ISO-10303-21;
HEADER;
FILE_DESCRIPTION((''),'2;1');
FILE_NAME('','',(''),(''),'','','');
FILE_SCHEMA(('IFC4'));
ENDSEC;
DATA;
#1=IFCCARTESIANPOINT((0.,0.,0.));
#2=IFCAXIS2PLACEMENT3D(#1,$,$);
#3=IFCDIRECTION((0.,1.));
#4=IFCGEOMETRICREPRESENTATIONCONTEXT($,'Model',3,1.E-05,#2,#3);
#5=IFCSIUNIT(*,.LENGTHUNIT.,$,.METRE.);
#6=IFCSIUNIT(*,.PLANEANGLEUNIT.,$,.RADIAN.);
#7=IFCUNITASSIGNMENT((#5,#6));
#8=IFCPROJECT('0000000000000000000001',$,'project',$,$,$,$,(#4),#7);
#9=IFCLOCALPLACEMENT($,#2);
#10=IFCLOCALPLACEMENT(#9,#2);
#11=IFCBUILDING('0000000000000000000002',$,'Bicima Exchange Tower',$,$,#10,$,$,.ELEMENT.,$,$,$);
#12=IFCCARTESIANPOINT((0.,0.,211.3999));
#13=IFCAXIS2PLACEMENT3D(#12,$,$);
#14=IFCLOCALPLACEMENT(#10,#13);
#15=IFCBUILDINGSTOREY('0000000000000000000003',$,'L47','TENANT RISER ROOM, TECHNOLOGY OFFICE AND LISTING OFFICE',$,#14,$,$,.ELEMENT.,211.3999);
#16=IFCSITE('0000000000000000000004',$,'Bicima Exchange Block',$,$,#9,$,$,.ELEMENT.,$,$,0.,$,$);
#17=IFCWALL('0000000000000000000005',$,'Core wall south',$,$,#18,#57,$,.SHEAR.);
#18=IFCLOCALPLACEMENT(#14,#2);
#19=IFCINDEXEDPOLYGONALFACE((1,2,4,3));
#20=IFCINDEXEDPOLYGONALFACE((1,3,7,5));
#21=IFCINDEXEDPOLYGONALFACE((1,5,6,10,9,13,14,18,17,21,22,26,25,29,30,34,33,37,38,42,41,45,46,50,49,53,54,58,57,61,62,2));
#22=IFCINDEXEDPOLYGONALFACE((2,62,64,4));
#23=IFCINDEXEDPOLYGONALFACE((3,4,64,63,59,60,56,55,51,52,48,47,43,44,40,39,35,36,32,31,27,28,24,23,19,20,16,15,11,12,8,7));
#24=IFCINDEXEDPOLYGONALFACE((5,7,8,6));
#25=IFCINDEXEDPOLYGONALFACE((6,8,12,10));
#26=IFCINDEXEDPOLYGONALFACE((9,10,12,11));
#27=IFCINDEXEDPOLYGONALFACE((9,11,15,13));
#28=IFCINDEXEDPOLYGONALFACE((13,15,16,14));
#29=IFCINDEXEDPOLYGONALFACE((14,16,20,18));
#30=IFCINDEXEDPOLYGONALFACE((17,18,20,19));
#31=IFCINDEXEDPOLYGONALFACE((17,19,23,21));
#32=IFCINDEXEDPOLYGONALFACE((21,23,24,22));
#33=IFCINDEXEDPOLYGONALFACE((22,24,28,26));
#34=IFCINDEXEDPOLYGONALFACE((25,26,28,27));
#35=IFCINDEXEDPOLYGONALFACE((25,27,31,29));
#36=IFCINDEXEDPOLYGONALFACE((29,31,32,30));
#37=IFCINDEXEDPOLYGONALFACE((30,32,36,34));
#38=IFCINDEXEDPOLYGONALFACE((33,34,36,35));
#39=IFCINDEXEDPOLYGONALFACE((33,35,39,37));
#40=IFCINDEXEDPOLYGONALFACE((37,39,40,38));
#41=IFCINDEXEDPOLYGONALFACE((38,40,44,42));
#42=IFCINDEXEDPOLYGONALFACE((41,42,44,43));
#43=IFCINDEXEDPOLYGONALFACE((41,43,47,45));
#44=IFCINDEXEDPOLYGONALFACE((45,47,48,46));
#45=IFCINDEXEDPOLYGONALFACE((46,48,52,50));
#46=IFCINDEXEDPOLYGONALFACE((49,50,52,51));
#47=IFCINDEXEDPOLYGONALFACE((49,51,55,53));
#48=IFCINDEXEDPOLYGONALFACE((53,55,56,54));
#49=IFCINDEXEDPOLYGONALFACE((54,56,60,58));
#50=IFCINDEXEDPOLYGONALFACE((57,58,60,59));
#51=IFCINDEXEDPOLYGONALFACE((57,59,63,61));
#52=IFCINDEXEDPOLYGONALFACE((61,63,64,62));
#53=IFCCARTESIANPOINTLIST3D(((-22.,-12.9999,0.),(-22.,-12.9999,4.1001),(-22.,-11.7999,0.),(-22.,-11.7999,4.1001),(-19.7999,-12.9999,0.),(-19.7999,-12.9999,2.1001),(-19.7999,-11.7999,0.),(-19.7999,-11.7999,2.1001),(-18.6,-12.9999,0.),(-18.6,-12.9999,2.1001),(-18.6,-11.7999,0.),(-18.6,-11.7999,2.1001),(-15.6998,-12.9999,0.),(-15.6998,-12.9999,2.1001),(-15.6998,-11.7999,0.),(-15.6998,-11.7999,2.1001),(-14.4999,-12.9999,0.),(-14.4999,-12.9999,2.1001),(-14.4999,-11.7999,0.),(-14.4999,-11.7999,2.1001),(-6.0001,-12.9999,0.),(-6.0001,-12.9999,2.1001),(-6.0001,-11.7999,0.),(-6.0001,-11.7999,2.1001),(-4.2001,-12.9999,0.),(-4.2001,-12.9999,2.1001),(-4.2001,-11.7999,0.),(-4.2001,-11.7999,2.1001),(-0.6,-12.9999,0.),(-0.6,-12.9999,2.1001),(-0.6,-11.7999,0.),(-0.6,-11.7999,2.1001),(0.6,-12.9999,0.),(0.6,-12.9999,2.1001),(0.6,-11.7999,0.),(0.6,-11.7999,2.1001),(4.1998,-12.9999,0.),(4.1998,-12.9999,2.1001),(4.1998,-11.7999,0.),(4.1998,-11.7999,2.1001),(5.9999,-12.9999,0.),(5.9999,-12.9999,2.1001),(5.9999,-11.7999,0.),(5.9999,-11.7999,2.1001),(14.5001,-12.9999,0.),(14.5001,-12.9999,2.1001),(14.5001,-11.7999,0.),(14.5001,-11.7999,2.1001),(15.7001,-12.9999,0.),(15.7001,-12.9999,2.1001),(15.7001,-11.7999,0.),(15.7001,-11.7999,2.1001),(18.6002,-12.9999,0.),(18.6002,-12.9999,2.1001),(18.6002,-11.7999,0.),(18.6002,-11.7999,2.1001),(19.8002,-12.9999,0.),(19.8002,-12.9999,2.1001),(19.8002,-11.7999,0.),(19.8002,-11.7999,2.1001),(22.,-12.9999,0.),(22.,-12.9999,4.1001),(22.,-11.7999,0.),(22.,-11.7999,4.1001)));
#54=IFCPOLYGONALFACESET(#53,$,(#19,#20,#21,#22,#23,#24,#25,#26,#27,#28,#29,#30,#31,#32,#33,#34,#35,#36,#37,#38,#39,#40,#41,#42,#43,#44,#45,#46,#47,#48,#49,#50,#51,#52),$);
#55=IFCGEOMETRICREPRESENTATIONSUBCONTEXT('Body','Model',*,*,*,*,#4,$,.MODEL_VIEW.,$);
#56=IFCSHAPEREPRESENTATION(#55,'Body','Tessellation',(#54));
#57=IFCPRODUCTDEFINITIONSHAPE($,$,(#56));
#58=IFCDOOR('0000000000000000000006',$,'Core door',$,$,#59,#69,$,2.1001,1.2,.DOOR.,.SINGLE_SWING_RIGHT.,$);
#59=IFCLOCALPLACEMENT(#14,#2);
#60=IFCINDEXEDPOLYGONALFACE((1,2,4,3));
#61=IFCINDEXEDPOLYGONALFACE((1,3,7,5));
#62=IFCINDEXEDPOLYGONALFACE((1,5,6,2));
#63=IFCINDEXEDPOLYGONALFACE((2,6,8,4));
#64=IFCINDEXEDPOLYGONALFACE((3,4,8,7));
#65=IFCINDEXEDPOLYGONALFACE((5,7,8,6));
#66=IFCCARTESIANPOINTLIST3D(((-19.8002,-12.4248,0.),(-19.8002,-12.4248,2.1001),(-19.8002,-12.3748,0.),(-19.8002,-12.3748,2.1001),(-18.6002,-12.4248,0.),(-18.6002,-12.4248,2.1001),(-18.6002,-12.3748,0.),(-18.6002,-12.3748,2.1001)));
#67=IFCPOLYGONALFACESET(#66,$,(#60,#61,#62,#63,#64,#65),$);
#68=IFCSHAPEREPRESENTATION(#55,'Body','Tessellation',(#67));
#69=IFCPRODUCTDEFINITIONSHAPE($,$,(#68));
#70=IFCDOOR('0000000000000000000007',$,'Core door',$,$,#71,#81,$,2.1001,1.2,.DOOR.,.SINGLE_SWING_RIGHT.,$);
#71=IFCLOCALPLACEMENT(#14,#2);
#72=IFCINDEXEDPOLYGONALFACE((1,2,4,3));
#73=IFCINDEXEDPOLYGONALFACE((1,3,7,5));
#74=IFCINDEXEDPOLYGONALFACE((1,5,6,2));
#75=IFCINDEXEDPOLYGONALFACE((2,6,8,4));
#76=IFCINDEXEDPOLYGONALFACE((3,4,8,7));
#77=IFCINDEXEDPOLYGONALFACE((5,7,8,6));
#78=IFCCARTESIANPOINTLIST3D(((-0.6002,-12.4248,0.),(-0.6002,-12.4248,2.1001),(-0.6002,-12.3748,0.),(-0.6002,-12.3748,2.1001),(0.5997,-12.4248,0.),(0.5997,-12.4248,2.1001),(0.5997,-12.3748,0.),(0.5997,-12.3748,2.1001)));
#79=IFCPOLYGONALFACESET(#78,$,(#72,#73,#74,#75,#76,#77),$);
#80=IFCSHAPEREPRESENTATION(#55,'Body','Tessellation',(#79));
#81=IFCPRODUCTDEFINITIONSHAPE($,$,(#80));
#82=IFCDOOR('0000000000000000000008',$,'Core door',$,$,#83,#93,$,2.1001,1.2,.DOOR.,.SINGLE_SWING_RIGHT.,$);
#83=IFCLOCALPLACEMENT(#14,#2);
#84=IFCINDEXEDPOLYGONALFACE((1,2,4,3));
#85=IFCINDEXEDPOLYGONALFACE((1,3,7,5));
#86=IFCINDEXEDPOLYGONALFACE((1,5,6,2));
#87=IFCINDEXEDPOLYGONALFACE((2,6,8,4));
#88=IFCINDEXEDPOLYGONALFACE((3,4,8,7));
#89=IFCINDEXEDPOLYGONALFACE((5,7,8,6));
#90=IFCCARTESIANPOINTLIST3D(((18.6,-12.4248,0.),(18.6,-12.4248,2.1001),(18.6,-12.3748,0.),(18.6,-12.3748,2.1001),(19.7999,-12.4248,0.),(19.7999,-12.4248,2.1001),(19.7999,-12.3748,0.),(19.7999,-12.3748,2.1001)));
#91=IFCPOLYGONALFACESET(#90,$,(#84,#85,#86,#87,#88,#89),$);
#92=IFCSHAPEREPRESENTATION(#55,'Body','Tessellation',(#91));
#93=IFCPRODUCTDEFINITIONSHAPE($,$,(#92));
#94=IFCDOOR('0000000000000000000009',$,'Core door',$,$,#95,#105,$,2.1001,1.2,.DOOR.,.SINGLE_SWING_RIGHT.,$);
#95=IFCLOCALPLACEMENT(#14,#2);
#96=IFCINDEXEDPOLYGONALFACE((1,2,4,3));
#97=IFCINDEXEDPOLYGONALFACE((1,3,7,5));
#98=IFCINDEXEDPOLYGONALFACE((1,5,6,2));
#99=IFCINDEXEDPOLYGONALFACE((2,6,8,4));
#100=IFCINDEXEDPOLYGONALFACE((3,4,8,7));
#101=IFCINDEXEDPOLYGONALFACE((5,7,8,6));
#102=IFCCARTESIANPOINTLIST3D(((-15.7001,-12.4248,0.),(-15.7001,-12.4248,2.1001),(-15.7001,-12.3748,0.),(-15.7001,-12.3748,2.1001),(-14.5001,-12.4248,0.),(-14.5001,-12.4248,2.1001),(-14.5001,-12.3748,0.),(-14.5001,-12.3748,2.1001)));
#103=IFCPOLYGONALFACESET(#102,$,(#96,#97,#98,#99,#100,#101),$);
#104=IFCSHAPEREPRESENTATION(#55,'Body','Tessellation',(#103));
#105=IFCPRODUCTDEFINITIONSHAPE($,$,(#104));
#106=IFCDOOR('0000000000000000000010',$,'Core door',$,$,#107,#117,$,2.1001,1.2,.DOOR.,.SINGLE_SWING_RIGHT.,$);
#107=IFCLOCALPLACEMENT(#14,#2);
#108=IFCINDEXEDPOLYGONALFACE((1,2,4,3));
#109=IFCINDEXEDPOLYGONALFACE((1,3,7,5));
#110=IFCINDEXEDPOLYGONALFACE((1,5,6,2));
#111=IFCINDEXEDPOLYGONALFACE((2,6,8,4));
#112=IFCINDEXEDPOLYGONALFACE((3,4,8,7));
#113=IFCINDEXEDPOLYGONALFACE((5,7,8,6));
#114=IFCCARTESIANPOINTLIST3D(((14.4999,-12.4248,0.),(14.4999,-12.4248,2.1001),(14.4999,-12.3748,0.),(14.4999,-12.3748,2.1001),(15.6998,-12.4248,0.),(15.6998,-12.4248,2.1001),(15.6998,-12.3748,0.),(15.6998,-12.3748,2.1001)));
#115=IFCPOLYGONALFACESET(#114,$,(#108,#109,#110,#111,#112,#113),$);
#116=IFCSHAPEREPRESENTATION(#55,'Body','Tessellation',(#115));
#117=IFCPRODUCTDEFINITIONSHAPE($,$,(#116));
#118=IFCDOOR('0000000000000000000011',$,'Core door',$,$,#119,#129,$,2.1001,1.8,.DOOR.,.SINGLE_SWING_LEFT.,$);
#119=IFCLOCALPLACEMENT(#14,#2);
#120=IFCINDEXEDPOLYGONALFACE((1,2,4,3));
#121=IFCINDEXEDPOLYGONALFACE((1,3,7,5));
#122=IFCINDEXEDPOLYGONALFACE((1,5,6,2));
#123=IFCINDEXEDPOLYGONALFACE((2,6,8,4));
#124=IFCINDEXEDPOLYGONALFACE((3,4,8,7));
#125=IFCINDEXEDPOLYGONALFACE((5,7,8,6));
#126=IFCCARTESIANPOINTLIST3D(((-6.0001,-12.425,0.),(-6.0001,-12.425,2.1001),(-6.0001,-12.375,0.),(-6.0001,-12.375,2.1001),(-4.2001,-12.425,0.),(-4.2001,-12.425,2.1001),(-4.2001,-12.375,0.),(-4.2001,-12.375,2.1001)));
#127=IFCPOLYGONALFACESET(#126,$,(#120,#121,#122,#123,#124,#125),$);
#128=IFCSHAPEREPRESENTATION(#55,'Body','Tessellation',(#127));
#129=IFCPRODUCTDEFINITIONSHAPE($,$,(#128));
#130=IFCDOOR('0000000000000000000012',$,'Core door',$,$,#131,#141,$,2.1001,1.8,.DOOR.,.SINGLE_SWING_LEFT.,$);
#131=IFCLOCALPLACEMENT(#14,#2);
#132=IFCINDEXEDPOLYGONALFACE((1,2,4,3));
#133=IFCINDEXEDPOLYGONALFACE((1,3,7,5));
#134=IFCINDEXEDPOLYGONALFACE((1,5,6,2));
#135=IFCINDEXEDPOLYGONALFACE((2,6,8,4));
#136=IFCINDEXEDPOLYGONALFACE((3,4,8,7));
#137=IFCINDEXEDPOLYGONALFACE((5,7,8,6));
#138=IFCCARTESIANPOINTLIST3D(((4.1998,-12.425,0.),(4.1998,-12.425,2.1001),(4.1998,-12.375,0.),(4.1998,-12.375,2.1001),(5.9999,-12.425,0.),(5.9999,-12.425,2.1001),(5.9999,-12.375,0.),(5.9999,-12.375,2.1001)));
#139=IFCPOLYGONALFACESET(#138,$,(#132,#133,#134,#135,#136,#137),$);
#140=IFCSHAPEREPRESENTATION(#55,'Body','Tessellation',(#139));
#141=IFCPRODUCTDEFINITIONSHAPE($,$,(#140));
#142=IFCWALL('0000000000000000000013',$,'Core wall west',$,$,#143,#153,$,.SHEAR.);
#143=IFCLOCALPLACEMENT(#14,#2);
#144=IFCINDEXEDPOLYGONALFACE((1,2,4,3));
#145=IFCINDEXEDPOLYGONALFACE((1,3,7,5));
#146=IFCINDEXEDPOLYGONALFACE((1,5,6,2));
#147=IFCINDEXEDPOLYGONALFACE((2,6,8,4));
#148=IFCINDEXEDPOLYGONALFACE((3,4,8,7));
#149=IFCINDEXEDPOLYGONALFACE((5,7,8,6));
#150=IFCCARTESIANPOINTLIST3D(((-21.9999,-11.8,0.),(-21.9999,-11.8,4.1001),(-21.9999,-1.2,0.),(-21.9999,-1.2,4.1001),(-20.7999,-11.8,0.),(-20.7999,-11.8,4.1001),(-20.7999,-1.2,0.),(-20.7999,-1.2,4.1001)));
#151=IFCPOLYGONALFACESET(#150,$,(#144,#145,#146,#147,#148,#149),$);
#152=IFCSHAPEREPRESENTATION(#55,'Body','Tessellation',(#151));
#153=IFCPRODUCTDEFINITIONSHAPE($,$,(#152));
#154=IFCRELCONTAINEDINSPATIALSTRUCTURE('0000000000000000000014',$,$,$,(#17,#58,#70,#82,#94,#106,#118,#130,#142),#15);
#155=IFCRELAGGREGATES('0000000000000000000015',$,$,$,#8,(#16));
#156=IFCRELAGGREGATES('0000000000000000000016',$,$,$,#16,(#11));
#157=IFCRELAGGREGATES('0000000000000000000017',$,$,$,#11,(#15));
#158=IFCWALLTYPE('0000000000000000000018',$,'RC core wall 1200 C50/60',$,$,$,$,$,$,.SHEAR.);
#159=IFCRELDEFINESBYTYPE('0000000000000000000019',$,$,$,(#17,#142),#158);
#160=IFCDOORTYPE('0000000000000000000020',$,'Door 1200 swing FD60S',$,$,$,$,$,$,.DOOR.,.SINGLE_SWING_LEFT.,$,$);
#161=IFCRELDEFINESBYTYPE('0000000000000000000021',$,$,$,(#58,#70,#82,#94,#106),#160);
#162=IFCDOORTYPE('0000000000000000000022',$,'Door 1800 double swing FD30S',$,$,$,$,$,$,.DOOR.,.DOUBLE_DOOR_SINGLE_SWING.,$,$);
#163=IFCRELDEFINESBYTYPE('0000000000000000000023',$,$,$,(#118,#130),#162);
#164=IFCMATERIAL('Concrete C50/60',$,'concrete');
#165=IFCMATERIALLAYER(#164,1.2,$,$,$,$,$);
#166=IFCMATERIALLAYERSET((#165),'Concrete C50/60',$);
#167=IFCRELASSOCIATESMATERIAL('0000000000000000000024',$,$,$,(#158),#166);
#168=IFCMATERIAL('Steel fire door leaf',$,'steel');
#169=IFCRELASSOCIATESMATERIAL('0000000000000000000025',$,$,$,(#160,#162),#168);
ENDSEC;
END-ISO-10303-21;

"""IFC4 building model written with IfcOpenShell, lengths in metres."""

from ifc_helpers import new_model, si_unit, direction, frame, frame_2d, origin, place, context, subcontext, project, spatial, rectangle, extrude, material, layer, layer_set, type_object, element, fill, save


model = new_model("IFC4")

# Units and contexts
model_context = context("Model", 3, precision=1e-05, world=origin(), true_north=direction((0.0, 1.0)))
body_context = subcontext(model_context, "Body", "Model", "MODEL_VIEW")
ifc_project = project(units=[si_unit("LENGTHUNIT", "METRE"), si_unit("PLANEANGLEUNIT", "RADIAN")], contexts=[model_context])

# Site, building, storey
site_placement = place(None, origin())
site = spatial("IfcSite", under=ifc_project, at=site_placement, Name="Bicima Exchange Block", CompositionType="ELEMENT", RefElevation=0.0)
building_placement = place(site_placement, origin())
building = spatial("IfcBuilding", under=site, at=building_placement, Name="Bicima Exchange Tower", CompositionType="ELEMENT")
storey_placement = place(building_placement, frame((0.0, 0.0, 211.3999)))
storey = spatial("IfcBuildingStorey", under=building, at=storey_placement, Name="L47", Description="TENANT RISER ROOM, TECHNOLOGY OFFICE AND LISTING OFFICE", CompositionType="ELEMENT", Elevation=211.3999)

# Wall, openings, doors
ifc_material_1 = material(Name="Concrete C50/60", Category="concrete")
ifc_layer_1 = layer(ifc_material_1, 1.2)
ifc_layer_set_1 = layer_set([ifc_layer_1], Name="Concrete C50/60")
wall_type_1 = type_object("IfcWallType", Name="RC core wall 1200 C50/60", PredefinedType="SHEAR", material=ifc_layer_set_1)
wall_1_placement = place(storey_placement, frame((-22.0, -12.3999, 0.0), z_axis=(0.0, 0.0, 1.0), x_axis=(1.0, 0.0, 0.0)))
wall_1 = element("IfcWall", 1, at=wall_1_placement, inside=storey, type_object=wall_type_1, Name="Core wall south", PredefinedType="SHEAR", context=body_context, shape_type="SweptSolid", body=[
    extrude(rectangle(XDim=44.0, YDim=1.2, at=frame_2d((22.0, 0.0))), origin(), (0.0, 0.0, 1.0), 4.1001),
])
opening_1_placement = place(wall_1_placement, frame((2.2, 0.0, 0.0)))
opening_1 = element("IfcOpeningElement", 2, at=opening_1_placement, cuts=wall_1, PredefinedType="OPENING", context=body_context, shape_type="SweptSolid", body=[
    extrude(rectangle(XDim=1.2, YDim=2.1001, at=frame_2d((0.6001, 1.05))), frame((0.0, 0.6118, 0.0), z_axis=(0.0, -1.0, 0.0), x_axis=(1.0, 0.0, 0.0)), (0.0, 0.0, 1.0), 1.2239),
])
opening_2_placement = place(wall_1_placement, frame((21.3999, 0.0, 0.0)))
opening_2 = element("IfcOpeningElement", 3, at=opening_2_placement, cuts=wall_1, PredefinedType="OPENING", context=body_context, shape_type="SweptSolid", body=[
    extrude(rectangle(XDim=1.2, YDim=2.1001, at=frame_2d((0.6001, 1.05))), frame((0.0, 0.6118, 0.0), z_axis=(0.0, -1.0, 0.0), x_axis=(1.0, 0.0, 0.0)), (0.0, 0.0, 1.0), 1.2239),
])
opening_3_placement = place(wall_1_placement, frame((40.6001, 0.0, 0.0)))
opening_3 = element("IfcOpeningElement", 4, at=opening_3_placement, cuts=wall_1, PredefinedType="OPENING", context=body_context, shape_type="SweptSolid", body=[
    extrude(rectangle(XDim=1.2, YDim=2.1001, at=frame_2d((0.6001, 1.05))), frame((0.0, 0.6118, 0.0), z_axis=(0.0, -1.0, 0.0), x_axis=(1.0, 0.0, 0.0)), (0.0, 0.0, 1.0), 1.2239),
])
opening_4_placement = place(wall_1_placement, frame((16.0, 0.0, 0.0)))
opening_4 = element("IfcOpeningElement", 5, at=opening_4_placement, cuts=wall_1, PredefinedType="OPENING", context=body_context, shape_type="SweptSolid", body=[
    extrude(rectangle(XDim=1.8, YDim=2.1001, at=frame_2d((0.8999, 1.05))), frame((0.0, 0.6118, 0.0), z_axis=(0.0, -1.0, 0.0), x_axis=(1.0, 0.0, 0.0)), (0.0, 0.0, 1.0), 1.2239),
])
opening_5_placement = place(wall_1_placement, frame((6.3, 0.0, 0.0)))
opening_5 = element("IfcOpeningElement", 6, at=opening_5_placement, cuts=wall_1, PredefinedType="OPENING", context=body_context, shape_type="SweptSolid", body=[
    extrude(rectangle(XDim=1.2, YDim=2.1001, at=frame_2d((0.6001, 1.05))), frame((0.0, 0.6118, 0.0), z_axis=(0.0, -1.0, 0.0), x_axis=(1.0, 0.0, 0.0)), (0.0, 0.0, 1.0), 1.2239),
])
opening_6_placement = place(wall_1_placement, frame((26.2, 0.0, 0.0)))
opening_6 = element("IfcOpeningElement", 7, at=opening_6_placement, cuts=wall_1, PredefinedType="OPENING", context=body_context, shape_type="SweptSolid", body=[
    extrude(rectangle(XDim=1.8, YDim=2.1001, at=frame_2d((0.8999, 1.05))), frame((0.0, 0.6118, 0.0), z_axis=(0.0, -1.0, 0.0), x_axis=(1.0, 0.0, 0.0)), (0.0, 0.0, 1.0), 1.2239),
])
opening_7_placement = place(wall_1_placement, frame((36.5, 0.0, 0.0)))
opening_7 = element("IfcOpeningElement", 8, at=opening_7_placement, cuts=wall_1, PredefinedType="OPENING", context=body_context, shape_type="SweptSolid", body=[
    extrude(rectangle(XDim=1.2, YDim=2.1001, at=frame_2d((0.6001, 1.05))), frame((0.0, 0.6118, 0.0), z_axis=(0.0, -1.0, 0.0), x_axis=(1.0, 0.0, 0.0)), (0.0, 0.0, 1.0), 1.2239),
])
ifc_material_2 = material(Name="Steel fire door leaf", Category="steel")
door_type_1 = type_object("IfcDoorType", Name="Door 1200 swing FD60S", OperationType="SINGLE_SWING_LEFT", PredefinedType="DOOR", material=ifc_material_2)
door_1_placement = place(opening_1_placement, frame((1.2, 0.0, 0.0), z_axis=(0.0, 0.0, 1.0), x_axis=(-1.0, 0.0, 0.0)))
door_1 = element("IfcDoor", 9, at=door_1_placement, inside=storey, type_object=door_type_1, Name="Core door", OperationType="SINGLE_SWING_RIGHT", OverallHeight=2.1001, OverallWidth=1.2, PredefinedType="DOOR", context=body_context, shape_type="SweptSolid", body=[
    extrude(rectangle(XDim=1.2, YDim=2.1001, at=frame_2d((0.6001, 1.05))), frame((0.0, 0.0249, 0.0), z_axis=(0.0, -1.0, 0.0), x_axis=(1.0, 0.0, 0.0)), (0.0, 0.0, 1.0), 0.05),
])
fill(opening_1, door_1)
door_2_placement = place(opening_2_placement, frame((1.2, 0.0, 0.0), z_axis=(0.0, 0.0, 1.0), x_axis=(-1.0, 0.0, 0.0)))
door_2 = element("IfcDoor", 10, at=door_2_placement, inside=storey, type_object=door_type_1, Name="Core door", OperationType="SINGLE_SWING_RIGHT", OverallHeight=2.1001, OverallWidth=1.2, PredefinedType="DOOR", context=body_context, shape_type="SweptSolid", body=[
    extrude(rectangle(XDim=1.2, YDim=2.1001, at=frame_2d((0.6001, 1.05))), frame((0.0, 0.0249, 0.0), z_axis=(0.0, -1.0, 0.0), x_axis=(1.0, 0.0, 0.0)), (0.0, 0.0, 1.0), 0.05),
])
fill(opening_2, door_2)
door_3_placement = place(opening_3_placement, frame((1.2, 0.0, 0.0), z_axis=(0.0, 0.0, 1.0), x_axis=(-1.0, 0.0, 0.0)))
door_3 = element("IfcDoor", 11, at=door_3_placement, inside=storey, type_object=door_type_1, Name="Core door", OperationType="SINGLE_SWING_RIGHT", OverallHeight=2.1001, OverallWidth=1.2, PredefinedType="DOOR", context=body_context, shape_type="SweptSolid", body=[
    extrude(rectangle(XDim=1.2, YDim=2.1001, at=frame_2d((0.6001, 1.05))), frame((0.0, 0.0249, 0.0), z_axis=(0.0, -1.0, 0.0), x_axis=(1.0, 0.0, 0.0)), (0.0, 0.0, 1.0), 0.05),
])
fill(opening_3, door_3)
door_4_placement = place(opening_5_placement, frame((1.2, 0.0, 0.0), z_axis=(0.0, 0.0, 1.0), x_axis=(-1.0, 0.0, 0.0)))
door_4 = element("IfcDoor", 12, at=door_4_placement, inside=storey, type_object=door_type_1, Name="Core door", OperationType="SINGLE_SWING_RIGHT", OverallHeight=2.1001, OverallWidth=1.2, PredefinedType="DOOR", context=body_context, shape_type="SweptSolid", body=[
    extrude(rectangle(XDim=1.2, YDim=2.1001, at=frame_2d((0.6001, 1.05))), frame((0.0, 0.0249, 0.0), z_axis=(0.0, -1.0, 0.0), x_axis=(1.0, 0.0, 0.0)), (0.0, 0.0, 1.0), 0.05),
])
fill(opening_5, door_4)
door_5_placement = place(opening_7_placement, frame((1.2, 0.0, 0.0), z_axis=(0.0, 0.0, 1.0), x_axis=(-1.0, 0.0, 0.0)))
door_5 = element("IfcDoor", 13, at=door_5_placement, inside=storey, type_object=door_type_1, Name="Core door", OperationType="SINGLE_SWING_RIGHT", OverallHeight=2.1001, OverallWidth=1.2, PredefinedType="DOOR", context=body_context, shape_type="SweptSolid", body=[
    extrude(rectangle(XDim=1.2, YDim=2.1001, at=frame_2d((0.6001, 1.05))), frame((0.0, 0.0249, 0.0), z_axis=(0.0, -1.0, 0.0), x_axis=(1.0, 0.0, 0.0)), (0.0, 0.0, 1.0), 0.05),
])
fill(opening_7, door_5)
door_type_2 = type_object("IfcDoorType", Name="Door 1800 double swing FD30S", OperationType="DOUBLE_DOOR_SINGLE_SWING", PredefinedType="DOOR", material=ifc_material_2)
door_6_placement = place(opening_4_placement, origin())
door_6 = element("IfcDoor", 14, at=door_6_placement, inside=storey, type_object=door_type_2, Name="Core door", OperationType="SINGLE_SWING_LEFT", OverallHeight=2.1001, OverallWidth=1.8, PredefinedType="DOOR", context=body_context, shape_type="SweptSolid", body=[
    extrude(rectangle(XDim=1.8, YDim=2.1001, at=frame_2d((0.8999, 1.05))), frame((0.0, 0.0249, 0.0), z_axis=(0.0, -1.0, 0.0), x_axis=(1.0, 0.0, 0.0)), (0.0, 0.0, 1.0), 0.05),
])
fill(opening_4, door_6)
door_7_placement = place(opening_6_placement, origin())
door_7 = element("IfcDoor", 15, at=door_7_placement, inside=storey, type_object=door_type_2, Name="Core door", OperationType="SINGLE_SWING_LEFT", OverallHeight=2.1001, OverallWidth=1.8, PredefinedType="DOOR", context=body_context, shape_type="SweptSolid", body=[
    extrude(rectangle(XDim=1.8, YDim=2.1001, at=frame_2d((0.8999, 1.05))), frame((0.0, 0.0249, 0.0), z_axis=(0.0, -1.0, 0.0), x_axis=(1.0, 0.0, 0.0)), (0.0, 0.0, 1.0), 0.05),
])
fill(opening_6, door_7)

# Wall
wall_2_placement = place(storey_placement, frame((-21.3999, -11.8, 0.0), z_axis=(0.0, 0.0, 1.0), x_axis=(0.0, 1.0, 0.0)))
element("IfcWall", 16, at=wall_2_placement, inside=storey, type_object=wall_type_1, Name="Core wall west", PredefinedType="SHEAR", context=body_context, shape_type="SweptSolid", body=[
    extrude(rectangle(XDim=10.6001, YDim=1.2, at=frame_2d((5.3, 0.0))), origin(), (0.0, 0.0, 1.0), 4.1001),
])

save(model, "model.ifc")
